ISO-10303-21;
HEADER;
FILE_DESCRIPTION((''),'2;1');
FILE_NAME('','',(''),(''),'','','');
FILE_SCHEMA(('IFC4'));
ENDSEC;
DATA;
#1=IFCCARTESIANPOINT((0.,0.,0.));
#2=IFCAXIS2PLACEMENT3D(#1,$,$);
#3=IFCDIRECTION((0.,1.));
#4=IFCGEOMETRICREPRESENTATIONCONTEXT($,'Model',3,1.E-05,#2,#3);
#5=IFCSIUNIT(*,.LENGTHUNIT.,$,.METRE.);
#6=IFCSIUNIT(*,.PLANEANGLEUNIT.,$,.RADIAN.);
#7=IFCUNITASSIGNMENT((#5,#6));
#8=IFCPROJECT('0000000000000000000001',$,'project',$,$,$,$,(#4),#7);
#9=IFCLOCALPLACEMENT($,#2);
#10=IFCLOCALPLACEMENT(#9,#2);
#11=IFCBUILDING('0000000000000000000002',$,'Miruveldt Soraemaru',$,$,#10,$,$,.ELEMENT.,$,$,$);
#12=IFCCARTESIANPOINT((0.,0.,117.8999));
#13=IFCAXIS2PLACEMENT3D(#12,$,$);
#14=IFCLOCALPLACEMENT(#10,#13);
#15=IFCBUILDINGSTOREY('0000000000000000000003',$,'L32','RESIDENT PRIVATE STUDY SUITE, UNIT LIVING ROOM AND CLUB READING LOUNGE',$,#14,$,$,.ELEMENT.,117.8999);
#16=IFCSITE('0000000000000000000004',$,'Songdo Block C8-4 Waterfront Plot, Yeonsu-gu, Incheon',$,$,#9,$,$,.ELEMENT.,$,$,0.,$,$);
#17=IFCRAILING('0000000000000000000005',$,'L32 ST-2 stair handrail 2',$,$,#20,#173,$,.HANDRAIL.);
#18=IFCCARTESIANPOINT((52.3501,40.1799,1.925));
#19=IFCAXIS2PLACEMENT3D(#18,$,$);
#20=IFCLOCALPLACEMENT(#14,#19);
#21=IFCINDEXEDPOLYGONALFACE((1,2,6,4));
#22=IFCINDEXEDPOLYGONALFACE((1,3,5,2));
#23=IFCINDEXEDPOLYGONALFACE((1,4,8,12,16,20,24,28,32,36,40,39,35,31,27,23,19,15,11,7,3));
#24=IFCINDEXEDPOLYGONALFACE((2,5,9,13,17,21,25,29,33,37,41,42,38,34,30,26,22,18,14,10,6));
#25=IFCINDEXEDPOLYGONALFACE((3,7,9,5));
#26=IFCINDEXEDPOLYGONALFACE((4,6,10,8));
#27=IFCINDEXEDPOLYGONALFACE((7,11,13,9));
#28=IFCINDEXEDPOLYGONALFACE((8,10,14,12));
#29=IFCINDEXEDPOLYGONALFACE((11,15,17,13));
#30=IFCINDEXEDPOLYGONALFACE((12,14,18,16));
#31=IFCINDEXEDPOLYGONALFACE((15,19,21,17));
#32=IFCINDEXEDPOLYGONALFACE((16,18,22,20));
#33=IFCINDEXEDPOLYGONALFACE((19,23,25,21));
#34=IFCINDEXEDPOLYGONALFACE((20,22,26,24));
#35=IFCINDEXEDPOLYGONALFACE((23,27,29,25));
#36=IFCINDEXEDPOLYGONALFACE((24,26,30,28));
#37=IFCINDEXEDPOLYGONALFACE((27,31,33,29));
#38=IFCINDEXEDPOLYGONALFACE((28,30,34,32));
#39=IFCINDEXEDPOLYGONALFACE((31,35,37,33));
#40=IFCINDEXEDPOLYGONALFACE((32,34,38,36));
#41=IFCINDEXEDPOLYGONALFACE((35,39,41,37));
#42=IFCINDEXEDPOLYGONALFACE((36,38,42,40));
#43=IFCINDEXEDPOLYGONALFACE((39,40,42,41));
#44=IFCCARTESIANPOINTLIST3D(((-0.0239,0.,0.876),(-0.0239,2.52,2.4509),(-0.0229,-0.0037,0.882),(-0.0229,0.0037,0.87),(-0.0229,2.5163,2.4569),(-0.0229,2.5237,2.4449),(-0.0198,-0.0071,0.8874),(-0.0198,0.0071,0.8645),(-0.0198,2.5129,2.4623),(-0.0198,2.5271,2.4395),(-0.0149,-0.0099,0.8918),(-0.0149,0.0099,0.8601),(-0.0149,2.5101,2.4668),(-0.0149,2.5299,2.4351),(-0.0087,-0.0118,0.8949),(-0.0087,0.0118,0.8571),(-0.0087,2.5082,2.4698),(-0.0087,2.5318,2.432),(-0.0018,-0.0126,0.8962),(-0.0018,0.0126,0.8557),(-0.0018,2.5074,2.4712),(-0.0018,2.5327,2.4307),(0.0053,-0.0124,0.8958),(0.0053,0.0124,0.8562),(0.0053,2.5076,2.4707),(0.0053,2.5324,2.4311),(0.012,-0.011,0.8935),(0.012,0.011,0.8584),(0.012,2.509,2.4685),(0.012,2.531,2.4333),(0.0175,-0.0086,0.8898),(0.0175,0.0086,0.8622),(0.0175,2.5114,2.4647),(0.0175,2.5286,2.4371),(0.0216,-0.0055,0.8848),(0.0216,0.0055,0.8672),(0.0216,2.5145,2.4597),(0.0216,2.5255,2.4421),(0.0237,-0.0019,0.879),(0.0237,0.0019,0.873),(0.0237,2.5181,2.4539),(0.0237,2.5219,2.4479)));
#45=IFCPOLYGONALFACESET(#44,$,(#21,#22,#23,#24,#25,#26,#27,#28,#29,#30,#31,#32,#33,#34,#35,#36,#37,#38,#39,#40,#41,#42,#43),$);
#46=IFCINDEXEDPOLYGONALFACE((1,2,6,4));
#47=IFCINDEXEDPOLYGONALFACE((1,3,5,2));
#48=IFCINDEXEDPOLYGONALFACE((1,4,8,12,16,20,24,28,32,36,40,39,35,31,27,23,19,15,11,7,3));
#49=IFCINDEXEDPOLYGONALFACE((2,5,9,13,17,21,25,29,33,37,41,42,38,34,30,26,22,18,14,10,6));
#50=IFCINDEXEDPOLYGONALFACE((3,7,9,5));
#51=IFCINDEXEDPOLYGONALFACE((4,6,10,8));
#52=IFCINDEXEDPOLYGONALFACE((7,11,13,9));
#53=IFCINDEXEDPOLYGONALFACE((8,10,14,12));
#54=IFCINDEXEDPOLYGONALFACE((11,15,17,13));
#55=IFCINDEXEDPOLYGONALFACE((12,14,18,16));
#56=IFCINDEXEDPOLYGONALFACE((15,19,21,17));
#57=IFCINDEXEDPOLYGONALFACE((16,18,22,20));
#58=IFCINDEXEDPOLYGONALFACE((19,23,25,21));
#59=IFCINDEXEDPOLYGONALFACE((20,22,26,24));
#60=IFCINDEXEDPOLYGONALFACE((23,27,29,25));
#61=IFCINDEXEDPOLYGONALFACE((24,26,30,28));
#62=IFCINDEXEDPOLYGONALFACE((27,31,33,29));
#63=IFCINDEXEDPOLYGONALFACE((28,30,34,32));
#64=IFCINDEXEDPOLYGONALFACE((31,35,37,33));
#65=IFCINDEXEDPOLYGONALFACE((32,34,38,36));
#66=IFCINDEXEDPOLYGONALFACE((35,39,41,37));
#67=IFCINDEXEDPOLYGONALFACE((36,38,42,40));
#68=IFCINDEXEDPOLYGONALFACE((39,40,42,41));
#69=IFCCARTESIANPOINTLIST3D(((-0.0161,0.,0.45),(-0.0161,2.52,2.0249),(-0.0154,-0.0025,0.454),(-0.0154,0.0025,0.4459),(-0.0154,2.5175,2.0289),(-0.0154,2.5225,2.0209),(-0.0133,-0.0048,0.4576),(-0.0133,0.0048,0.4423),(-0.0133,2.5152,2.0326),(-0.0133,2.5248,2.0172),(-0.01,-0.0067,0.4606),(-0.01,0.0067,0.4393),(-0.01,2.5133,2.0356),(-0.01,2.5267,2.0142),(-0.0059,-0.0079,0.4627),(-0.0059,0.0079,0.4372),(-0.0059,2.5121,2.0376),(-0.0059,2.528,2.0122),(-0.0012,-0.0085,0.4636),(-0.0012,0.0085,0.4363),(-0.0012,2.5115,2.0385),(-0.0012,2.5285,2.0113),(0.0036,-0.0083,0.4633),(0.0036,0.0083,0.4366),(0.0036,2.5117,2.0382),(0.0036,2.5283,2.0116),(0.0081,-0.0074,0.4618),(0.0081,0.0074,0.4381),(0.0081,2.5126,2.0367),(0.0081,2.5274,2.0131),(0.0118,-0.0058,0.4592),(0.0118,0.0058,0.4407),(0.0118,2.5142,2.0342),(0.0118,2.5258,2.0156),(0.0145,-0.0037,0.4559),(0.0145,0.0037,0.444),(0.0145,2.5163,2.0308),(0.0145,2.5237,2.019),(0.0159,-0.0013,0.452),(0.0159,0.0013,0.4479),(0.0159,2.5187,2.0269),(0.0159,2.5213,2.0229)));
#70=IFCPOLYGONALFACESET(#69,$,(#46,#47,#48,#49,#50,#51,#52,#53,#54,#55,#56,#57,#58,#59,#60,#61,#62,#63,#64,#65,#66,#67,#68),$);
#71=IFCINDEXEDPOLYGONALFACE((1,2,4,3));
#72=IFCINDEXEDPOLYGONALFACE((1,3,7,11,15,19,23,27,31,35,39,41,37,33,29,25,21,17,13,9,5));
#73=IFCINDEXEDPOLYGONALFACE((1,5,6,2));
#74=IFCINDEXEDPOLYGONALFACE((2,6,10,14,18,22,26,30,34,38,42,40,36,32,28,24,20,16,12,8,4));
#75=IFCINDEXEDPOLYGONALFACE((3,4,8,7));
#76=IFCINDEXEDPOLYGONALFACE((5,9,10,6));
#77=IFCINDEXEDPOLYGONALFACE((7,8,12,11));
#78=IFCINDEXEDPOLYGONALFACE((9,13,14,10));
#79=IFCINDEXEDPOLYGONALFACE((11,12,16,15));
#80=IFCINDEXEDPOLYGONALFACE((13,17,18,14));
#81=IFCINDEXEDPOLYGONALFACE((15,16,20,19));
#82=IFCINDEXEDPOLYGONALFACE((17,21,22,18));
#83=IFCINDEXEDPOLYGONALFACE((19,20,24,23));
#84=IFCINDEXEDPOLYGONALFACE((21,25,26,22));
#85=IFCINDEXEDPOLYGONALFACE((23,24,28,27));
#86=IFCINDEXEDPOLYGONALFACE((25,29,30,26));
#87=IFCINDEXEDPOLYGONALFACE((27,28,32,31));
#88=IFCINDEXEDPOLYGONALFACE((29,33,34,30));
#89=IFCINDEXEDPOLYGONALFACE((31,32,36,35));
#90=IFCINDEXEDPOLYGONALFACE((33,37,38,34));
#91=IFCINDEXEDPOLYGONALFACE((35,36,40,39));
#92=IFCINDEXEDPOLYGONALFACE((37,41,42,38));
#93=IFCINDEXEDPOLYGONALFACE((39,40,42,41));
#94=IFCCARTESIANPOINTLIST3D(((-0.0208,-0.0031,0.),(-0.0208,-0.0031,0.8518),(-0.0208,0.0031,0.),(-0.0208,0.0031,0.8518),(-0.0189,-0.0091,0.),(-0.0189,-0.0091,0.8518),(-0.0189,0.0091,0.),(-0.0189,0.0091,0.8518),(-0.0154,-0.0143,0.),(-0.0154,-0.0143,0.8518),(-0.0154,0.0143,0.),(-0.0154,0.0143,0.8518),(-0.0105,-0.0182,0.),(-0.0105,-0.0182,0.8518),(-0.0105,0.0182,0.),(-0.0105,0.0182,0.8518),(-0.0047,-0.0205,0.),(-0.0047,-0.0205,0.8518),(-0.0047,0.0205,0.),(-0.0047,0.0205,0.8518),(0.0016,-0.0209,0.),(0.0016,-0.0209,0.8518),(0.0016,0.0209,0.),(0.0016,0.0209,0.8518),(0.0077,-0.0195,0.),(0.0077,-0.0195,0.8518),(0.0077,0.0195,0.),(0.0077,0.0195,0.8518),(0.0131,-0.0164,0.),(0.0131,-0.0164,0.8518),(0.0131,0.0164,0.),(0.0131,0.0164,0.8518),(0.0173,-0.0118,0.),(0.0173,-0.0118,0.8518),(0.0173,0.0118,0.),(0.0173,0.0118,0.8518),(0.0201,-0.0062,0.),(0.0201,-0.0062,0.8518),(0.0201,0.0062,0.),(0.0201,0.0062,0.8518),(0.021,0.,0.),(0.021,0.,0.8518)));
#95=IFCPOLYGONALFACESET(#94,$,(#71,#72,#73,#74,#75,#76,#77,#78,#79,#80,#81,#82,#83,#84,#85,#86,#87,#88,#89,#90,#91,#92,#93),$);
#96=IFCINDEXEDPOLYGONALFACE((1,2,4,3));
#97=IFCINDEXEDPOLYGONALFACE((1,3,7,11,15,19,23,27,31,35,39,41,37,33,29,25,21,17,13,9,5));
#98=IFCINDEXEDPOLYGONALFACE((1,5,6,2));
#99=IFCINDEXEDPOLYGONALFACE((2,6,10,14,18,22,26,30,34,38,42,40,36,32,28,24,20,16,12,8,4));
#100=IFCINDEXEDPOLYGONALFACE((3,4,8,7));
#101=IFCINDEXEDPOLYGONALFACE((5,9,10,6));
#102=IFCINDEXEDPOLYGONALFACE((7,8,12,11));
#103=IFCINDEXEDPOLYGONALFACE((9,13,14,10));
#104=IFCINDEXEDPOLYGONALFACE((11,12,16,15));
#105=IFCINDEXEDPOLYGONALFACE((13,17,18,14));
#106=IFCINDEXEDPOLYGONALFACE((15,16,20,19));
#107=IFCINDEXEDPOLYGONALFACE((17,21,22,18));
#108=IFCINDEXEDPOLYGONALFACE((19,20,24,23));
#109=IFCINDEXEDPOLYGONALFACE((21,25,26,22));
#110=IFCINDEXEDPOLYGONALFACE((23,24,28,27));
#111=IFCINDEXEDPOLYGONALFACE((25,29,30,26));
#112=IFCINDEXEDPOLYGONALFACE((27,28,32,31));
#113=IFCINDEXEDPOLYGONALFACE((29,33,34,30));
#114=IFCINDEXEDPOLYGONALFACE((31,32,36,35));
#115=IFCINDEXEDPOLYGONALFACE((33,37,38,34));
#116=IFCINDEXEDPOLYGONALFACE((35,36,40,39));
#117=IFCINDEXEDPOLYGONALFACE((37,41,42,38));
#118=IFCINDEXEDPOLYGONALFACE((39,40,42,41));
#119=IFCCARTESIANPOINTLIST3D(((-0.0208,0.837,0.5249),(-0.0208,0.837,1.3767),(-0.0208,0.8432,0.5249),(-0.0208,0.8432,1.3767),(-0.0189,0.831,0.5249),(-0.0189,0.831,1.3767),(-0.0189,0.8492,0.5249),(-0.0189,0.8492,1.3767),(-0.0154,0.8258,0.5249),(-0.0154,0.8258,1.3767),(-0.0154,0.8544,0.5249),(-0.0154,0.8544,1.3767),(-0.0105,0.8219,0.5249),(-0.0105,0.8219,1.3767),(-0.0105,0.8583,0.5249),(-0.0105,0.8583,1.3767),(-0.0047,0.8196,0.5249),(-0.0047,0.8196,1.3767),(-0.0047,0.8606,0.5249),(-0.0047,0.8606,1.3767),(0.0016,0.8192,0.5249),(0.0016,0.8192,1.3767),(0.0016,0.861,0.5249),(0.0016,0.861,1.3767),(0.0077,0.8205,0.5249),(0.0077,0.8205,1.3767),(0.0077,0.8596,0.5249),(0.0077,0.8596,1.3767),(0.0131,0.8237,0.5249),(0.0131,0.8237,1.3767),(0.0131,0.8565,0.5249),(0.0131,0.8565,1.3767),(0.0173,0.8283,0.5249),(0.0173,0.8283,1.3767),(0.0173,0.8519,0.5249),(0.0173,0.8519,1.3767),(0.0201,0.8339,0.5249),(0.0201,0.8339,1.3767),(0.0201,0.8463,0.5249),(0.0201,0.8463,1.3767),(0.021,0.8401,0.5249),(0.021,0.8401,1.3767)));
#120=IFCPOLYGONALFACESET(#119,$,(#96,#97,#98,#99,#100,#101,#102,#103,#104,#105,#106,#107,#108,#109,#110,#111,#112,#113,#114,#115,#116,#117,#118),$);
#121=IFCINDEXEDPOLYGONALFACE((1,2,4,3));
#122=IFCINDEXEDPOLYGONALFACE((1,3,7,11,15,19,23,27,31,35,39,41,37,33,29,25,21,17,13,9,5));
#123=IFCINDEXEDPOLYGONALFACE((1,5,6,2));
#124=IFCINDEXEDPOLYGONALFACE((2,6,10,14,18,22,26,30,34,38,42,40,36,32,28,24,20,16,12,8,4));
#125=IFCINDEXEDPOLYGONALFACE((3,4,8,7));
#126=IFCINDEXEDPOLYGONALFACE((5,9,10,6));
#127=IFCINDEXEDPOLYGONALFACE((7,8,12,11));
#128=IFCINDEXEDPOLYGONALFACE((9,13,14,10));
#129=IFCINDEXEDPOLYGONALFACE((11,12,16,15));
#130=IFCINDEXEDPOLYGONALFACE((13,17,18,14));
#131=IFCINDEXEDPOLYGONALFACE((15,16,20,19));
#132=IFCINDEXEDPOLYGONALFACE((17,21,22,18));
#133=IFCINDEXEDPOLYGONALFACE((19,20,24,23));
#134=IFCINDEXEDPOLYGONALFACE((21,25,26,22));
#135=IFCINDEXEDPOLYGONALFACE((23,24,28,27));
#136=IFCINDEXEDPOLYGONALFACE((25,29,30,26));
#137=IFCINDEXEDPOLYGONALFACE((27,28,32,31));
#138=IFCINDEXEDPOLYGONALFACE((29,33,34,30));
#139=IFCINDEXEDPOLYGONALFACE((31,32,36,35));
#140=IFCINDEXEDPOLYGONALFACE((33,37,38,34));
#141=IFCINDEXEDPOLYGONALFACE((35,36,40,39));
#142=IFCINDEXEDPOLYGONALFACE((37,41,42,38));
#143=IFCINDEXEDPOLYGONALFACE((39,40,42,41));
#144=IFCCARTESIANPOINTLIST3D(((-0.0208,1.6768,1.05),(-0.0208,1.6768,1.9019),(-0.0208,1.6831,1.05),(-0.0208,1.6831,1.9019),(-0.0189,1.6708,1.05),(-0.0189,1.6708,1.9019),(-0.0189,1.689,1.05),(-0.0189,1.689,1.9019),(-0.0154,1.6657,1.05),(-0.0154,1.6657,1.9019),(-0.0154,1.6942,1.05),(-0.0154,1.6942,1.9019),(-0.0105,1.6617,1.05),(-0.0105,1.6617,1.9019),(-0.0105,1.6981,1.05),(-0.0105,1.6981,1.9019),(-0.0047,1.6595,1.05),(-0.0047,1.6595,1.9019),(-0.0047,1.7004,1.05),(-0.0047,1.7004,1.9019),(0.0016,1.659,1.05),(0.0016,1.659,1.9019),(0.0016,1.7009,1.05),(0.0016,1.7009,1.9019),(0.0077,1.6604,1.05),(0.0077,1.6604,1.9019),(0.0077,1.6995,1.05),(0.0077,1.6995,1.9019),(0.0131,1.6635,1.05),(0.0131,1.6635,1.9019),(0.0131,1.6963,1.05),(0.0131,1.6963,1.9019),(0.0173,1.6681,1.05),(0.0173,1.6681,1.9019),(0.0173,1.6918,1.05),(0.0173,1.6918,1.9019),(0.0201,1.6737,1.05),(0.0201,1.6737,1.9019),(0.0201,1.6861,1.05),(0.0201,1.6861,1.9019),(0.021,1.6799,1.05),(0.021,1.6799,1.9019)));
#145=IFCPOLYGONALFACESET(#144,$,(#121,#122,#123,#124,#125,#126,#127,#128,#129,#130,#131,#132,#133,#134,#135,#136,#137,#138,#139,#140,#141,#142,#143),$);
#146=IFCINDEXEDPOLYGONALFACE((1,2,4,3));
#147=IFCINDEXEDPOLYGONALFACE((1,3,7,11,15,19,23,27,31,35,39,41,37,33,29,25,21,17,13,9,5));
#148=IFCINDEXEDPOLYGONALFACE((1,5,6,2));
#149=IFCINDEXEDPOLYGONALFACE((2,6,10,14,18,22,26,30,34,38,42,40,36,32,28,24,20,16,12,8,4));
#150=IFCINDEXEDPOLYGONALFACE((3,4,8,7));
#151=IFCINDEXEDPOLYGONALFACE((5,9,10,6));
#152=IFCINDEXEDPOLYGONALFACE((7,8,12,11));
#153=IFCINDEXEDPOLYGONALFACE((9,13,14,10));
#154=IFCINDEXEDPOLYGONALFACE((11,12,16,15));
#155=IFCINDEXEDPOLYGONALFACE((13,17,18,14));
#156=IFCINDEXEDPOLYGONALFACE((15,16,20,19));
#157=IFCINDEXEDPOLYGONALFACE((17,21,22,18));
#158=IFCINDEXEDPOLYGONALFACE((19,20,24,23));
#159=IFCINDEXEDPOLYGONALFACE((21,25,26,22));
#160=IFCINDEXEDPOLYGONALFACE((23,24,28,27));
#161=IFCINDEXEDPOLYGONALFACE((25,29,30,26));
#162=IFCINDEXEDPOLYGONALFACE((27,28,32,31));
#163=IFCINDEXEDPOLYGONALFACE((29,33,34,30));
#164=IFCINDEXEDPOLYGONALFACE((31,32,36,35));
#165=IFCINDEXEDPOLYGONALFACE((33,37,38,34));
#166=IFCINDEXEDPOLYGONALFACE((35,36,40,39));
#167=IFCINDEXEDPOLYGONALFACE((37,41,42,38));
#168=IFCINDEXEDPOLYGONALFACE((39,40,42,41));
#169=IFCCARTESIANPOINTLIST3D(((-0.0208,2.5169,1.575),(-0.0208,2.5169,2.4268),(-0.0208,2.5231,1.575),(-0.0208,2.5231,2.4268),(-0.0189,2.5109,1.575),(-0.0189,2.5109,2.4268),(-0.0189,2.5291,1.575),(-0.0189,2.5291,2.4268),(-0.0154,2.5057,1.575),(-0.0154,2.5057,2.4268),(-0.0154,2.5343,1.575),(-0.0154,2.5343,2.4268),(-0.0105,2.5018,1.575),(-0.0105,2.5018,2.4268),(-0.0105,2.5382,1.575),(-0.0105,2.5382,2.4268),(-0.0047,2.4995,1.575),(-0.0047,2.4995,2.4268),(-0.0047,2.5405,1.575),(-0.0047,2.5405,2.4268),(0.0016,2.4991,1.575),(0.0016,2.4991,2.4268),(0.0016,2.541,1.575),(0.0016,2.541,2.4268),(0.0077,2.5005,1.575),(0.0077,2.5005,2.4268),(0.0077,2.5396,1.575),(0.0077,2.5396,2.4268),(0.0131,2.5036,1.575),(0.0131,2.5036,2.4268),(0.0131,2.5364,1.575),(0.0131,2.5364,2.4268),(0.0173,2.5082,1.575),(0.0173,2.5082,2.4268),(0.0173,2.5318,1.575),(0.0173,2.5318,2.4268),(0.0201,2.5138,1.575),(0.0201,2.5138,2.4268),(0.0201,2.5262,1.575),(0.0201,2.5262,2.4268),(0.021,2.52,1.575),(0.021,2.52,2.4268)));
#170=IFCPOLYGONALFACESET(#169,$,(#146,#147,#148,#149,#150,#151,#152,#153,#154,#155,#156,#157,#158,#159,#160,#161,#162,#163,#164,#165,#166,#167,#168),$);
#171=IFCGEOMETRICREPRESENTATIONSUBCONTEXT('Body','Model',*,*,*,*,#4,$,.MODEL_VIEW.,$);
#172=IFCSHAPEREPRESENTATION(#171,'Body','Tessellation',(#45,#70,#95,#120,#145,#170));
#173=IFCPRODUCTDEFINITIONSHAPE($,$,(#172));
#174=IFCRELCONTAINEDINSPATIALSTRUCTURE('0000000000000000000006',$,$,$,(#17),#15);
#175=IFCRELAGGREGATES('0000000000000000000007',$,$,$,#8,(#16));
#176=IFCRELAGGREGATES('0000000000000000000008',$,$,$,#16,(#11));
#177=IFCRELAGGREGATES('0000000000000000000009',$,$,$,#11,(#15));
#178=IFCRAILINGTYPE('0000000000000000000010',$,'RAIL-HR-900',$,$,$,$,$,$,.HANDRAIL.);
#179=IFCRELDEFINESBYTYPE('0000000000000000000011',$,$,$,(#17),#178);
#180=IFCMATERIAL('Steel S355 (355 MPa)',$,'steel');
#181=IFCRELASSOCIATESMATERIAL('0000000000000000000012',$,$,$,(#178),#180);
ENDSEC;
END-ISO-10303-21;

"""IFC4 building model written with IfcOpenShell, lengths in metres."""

from ifc_helpers import new_model, si_unit, direction, frame, origin, origin_2d, place, context, subcontext, project, spatial, circle, extrude, material, type_object, element, save


model = new_model("IFC4")

# Units and contexts
model_context = context("Model", 3, precision=1e-05, world=origin(), true_north=direction((0.0, 1.0)))
body_context = subcontext(model_context, "Body", "Model", "MODEL_VIEW")
ifc_project = project(units=[si_unit("LENGTHUNIT", "METRE"), si_unit("PLANEANGLEUNIT", "RADIAN")], contexts=[model_context])

# Site, building, storey
site_placement = place(None, origin())
site = spatial("IfcSite", under=ifc_project, at=site_placement, Name="Songdo Block C8-4 Waterfront Plot, Yeonsu-gu, Incheon", CompositionType="ELEMENT", RefElevation=0.0)
building_placement = place(site_placement, origin())
building = spatial("IfcBuilding", under=site, at=building_placement, Name="Miruveldt Soraemaru", CompositionType="ELEMENT")
storey_placement = place(building_placement, frame((0.0, 0.0, 117.8999)))
storey = spatial("IfcBuildingStorey", under=building, at=storey_placement, Name="L32", Description="RESIDENT PRIVATE STUDY SUITE, UNIT LIVING ROOM AND CLUB READING LOUNGE", CompositionType="ELEMENT", Elevation=117.8999)

# Railing
ifc_material_1 = material(Name="Steel S355 (355 MPa)", Category="steel")
railing_type_1 = type_object("IfcRailingType", Name="RAIL-HR-900", PredefinedType="HANDRAIL", material=ifc_material_1)
railing_1_placement = place(storey_placement, frame((52.3501, 40.1799, 1.925)))
element("IfcRailing", 1, at=railing_1_placement, inside=storey, type_object=railing_type_1, Name="L32 ST-2 stair handrail 2", PredefinedType="HANDRAIL", context=body_context, shape_type="SweptSolid", body=[
    extrude(circle(Radius=0.0239, at=origin_2d()), frame((0.0, 0.0, 0.876), z_axis=(0.0, 0.848008, 0.529984), x_axis=(-1.0, 0.0, 0.0)), (0.0, 0.0, 1.0), 2.9717),
    extrude(circle(Radius=0.0161, at=origin_2d()), frame((0.0, 0.0, 0.45), z_axis=(0.0, 0.848008, 0.529984), x_axis=(-1.0, 0.0, 0.0)), (0.0, 0.0, 1.0), 2.9717),
    extrude(circle(Radius=0.021, at=origin_2d()), origin(), (0.0, 0.0, 1.0), 0.8518),
    extrude(circle(Radius=0.021, at=origin_2d()), frame((0.0, 0.8401, 0.5249)), (0.0, 0.0, 1.0), 0.8518),
    extrude(circle(Radius=0.021, at=origin_2d()), frame((0.0, 1.6799, 1.05)), (0.0, 0.0, 1.0), 0.8518),
    extrude(circle(Radius=0.021, at=origin_2d()), frame((0.0, 2.52, 1.575)), (0.0, 0.0, 1.0), 0.8518),
])

save(model, "model.ifc")
